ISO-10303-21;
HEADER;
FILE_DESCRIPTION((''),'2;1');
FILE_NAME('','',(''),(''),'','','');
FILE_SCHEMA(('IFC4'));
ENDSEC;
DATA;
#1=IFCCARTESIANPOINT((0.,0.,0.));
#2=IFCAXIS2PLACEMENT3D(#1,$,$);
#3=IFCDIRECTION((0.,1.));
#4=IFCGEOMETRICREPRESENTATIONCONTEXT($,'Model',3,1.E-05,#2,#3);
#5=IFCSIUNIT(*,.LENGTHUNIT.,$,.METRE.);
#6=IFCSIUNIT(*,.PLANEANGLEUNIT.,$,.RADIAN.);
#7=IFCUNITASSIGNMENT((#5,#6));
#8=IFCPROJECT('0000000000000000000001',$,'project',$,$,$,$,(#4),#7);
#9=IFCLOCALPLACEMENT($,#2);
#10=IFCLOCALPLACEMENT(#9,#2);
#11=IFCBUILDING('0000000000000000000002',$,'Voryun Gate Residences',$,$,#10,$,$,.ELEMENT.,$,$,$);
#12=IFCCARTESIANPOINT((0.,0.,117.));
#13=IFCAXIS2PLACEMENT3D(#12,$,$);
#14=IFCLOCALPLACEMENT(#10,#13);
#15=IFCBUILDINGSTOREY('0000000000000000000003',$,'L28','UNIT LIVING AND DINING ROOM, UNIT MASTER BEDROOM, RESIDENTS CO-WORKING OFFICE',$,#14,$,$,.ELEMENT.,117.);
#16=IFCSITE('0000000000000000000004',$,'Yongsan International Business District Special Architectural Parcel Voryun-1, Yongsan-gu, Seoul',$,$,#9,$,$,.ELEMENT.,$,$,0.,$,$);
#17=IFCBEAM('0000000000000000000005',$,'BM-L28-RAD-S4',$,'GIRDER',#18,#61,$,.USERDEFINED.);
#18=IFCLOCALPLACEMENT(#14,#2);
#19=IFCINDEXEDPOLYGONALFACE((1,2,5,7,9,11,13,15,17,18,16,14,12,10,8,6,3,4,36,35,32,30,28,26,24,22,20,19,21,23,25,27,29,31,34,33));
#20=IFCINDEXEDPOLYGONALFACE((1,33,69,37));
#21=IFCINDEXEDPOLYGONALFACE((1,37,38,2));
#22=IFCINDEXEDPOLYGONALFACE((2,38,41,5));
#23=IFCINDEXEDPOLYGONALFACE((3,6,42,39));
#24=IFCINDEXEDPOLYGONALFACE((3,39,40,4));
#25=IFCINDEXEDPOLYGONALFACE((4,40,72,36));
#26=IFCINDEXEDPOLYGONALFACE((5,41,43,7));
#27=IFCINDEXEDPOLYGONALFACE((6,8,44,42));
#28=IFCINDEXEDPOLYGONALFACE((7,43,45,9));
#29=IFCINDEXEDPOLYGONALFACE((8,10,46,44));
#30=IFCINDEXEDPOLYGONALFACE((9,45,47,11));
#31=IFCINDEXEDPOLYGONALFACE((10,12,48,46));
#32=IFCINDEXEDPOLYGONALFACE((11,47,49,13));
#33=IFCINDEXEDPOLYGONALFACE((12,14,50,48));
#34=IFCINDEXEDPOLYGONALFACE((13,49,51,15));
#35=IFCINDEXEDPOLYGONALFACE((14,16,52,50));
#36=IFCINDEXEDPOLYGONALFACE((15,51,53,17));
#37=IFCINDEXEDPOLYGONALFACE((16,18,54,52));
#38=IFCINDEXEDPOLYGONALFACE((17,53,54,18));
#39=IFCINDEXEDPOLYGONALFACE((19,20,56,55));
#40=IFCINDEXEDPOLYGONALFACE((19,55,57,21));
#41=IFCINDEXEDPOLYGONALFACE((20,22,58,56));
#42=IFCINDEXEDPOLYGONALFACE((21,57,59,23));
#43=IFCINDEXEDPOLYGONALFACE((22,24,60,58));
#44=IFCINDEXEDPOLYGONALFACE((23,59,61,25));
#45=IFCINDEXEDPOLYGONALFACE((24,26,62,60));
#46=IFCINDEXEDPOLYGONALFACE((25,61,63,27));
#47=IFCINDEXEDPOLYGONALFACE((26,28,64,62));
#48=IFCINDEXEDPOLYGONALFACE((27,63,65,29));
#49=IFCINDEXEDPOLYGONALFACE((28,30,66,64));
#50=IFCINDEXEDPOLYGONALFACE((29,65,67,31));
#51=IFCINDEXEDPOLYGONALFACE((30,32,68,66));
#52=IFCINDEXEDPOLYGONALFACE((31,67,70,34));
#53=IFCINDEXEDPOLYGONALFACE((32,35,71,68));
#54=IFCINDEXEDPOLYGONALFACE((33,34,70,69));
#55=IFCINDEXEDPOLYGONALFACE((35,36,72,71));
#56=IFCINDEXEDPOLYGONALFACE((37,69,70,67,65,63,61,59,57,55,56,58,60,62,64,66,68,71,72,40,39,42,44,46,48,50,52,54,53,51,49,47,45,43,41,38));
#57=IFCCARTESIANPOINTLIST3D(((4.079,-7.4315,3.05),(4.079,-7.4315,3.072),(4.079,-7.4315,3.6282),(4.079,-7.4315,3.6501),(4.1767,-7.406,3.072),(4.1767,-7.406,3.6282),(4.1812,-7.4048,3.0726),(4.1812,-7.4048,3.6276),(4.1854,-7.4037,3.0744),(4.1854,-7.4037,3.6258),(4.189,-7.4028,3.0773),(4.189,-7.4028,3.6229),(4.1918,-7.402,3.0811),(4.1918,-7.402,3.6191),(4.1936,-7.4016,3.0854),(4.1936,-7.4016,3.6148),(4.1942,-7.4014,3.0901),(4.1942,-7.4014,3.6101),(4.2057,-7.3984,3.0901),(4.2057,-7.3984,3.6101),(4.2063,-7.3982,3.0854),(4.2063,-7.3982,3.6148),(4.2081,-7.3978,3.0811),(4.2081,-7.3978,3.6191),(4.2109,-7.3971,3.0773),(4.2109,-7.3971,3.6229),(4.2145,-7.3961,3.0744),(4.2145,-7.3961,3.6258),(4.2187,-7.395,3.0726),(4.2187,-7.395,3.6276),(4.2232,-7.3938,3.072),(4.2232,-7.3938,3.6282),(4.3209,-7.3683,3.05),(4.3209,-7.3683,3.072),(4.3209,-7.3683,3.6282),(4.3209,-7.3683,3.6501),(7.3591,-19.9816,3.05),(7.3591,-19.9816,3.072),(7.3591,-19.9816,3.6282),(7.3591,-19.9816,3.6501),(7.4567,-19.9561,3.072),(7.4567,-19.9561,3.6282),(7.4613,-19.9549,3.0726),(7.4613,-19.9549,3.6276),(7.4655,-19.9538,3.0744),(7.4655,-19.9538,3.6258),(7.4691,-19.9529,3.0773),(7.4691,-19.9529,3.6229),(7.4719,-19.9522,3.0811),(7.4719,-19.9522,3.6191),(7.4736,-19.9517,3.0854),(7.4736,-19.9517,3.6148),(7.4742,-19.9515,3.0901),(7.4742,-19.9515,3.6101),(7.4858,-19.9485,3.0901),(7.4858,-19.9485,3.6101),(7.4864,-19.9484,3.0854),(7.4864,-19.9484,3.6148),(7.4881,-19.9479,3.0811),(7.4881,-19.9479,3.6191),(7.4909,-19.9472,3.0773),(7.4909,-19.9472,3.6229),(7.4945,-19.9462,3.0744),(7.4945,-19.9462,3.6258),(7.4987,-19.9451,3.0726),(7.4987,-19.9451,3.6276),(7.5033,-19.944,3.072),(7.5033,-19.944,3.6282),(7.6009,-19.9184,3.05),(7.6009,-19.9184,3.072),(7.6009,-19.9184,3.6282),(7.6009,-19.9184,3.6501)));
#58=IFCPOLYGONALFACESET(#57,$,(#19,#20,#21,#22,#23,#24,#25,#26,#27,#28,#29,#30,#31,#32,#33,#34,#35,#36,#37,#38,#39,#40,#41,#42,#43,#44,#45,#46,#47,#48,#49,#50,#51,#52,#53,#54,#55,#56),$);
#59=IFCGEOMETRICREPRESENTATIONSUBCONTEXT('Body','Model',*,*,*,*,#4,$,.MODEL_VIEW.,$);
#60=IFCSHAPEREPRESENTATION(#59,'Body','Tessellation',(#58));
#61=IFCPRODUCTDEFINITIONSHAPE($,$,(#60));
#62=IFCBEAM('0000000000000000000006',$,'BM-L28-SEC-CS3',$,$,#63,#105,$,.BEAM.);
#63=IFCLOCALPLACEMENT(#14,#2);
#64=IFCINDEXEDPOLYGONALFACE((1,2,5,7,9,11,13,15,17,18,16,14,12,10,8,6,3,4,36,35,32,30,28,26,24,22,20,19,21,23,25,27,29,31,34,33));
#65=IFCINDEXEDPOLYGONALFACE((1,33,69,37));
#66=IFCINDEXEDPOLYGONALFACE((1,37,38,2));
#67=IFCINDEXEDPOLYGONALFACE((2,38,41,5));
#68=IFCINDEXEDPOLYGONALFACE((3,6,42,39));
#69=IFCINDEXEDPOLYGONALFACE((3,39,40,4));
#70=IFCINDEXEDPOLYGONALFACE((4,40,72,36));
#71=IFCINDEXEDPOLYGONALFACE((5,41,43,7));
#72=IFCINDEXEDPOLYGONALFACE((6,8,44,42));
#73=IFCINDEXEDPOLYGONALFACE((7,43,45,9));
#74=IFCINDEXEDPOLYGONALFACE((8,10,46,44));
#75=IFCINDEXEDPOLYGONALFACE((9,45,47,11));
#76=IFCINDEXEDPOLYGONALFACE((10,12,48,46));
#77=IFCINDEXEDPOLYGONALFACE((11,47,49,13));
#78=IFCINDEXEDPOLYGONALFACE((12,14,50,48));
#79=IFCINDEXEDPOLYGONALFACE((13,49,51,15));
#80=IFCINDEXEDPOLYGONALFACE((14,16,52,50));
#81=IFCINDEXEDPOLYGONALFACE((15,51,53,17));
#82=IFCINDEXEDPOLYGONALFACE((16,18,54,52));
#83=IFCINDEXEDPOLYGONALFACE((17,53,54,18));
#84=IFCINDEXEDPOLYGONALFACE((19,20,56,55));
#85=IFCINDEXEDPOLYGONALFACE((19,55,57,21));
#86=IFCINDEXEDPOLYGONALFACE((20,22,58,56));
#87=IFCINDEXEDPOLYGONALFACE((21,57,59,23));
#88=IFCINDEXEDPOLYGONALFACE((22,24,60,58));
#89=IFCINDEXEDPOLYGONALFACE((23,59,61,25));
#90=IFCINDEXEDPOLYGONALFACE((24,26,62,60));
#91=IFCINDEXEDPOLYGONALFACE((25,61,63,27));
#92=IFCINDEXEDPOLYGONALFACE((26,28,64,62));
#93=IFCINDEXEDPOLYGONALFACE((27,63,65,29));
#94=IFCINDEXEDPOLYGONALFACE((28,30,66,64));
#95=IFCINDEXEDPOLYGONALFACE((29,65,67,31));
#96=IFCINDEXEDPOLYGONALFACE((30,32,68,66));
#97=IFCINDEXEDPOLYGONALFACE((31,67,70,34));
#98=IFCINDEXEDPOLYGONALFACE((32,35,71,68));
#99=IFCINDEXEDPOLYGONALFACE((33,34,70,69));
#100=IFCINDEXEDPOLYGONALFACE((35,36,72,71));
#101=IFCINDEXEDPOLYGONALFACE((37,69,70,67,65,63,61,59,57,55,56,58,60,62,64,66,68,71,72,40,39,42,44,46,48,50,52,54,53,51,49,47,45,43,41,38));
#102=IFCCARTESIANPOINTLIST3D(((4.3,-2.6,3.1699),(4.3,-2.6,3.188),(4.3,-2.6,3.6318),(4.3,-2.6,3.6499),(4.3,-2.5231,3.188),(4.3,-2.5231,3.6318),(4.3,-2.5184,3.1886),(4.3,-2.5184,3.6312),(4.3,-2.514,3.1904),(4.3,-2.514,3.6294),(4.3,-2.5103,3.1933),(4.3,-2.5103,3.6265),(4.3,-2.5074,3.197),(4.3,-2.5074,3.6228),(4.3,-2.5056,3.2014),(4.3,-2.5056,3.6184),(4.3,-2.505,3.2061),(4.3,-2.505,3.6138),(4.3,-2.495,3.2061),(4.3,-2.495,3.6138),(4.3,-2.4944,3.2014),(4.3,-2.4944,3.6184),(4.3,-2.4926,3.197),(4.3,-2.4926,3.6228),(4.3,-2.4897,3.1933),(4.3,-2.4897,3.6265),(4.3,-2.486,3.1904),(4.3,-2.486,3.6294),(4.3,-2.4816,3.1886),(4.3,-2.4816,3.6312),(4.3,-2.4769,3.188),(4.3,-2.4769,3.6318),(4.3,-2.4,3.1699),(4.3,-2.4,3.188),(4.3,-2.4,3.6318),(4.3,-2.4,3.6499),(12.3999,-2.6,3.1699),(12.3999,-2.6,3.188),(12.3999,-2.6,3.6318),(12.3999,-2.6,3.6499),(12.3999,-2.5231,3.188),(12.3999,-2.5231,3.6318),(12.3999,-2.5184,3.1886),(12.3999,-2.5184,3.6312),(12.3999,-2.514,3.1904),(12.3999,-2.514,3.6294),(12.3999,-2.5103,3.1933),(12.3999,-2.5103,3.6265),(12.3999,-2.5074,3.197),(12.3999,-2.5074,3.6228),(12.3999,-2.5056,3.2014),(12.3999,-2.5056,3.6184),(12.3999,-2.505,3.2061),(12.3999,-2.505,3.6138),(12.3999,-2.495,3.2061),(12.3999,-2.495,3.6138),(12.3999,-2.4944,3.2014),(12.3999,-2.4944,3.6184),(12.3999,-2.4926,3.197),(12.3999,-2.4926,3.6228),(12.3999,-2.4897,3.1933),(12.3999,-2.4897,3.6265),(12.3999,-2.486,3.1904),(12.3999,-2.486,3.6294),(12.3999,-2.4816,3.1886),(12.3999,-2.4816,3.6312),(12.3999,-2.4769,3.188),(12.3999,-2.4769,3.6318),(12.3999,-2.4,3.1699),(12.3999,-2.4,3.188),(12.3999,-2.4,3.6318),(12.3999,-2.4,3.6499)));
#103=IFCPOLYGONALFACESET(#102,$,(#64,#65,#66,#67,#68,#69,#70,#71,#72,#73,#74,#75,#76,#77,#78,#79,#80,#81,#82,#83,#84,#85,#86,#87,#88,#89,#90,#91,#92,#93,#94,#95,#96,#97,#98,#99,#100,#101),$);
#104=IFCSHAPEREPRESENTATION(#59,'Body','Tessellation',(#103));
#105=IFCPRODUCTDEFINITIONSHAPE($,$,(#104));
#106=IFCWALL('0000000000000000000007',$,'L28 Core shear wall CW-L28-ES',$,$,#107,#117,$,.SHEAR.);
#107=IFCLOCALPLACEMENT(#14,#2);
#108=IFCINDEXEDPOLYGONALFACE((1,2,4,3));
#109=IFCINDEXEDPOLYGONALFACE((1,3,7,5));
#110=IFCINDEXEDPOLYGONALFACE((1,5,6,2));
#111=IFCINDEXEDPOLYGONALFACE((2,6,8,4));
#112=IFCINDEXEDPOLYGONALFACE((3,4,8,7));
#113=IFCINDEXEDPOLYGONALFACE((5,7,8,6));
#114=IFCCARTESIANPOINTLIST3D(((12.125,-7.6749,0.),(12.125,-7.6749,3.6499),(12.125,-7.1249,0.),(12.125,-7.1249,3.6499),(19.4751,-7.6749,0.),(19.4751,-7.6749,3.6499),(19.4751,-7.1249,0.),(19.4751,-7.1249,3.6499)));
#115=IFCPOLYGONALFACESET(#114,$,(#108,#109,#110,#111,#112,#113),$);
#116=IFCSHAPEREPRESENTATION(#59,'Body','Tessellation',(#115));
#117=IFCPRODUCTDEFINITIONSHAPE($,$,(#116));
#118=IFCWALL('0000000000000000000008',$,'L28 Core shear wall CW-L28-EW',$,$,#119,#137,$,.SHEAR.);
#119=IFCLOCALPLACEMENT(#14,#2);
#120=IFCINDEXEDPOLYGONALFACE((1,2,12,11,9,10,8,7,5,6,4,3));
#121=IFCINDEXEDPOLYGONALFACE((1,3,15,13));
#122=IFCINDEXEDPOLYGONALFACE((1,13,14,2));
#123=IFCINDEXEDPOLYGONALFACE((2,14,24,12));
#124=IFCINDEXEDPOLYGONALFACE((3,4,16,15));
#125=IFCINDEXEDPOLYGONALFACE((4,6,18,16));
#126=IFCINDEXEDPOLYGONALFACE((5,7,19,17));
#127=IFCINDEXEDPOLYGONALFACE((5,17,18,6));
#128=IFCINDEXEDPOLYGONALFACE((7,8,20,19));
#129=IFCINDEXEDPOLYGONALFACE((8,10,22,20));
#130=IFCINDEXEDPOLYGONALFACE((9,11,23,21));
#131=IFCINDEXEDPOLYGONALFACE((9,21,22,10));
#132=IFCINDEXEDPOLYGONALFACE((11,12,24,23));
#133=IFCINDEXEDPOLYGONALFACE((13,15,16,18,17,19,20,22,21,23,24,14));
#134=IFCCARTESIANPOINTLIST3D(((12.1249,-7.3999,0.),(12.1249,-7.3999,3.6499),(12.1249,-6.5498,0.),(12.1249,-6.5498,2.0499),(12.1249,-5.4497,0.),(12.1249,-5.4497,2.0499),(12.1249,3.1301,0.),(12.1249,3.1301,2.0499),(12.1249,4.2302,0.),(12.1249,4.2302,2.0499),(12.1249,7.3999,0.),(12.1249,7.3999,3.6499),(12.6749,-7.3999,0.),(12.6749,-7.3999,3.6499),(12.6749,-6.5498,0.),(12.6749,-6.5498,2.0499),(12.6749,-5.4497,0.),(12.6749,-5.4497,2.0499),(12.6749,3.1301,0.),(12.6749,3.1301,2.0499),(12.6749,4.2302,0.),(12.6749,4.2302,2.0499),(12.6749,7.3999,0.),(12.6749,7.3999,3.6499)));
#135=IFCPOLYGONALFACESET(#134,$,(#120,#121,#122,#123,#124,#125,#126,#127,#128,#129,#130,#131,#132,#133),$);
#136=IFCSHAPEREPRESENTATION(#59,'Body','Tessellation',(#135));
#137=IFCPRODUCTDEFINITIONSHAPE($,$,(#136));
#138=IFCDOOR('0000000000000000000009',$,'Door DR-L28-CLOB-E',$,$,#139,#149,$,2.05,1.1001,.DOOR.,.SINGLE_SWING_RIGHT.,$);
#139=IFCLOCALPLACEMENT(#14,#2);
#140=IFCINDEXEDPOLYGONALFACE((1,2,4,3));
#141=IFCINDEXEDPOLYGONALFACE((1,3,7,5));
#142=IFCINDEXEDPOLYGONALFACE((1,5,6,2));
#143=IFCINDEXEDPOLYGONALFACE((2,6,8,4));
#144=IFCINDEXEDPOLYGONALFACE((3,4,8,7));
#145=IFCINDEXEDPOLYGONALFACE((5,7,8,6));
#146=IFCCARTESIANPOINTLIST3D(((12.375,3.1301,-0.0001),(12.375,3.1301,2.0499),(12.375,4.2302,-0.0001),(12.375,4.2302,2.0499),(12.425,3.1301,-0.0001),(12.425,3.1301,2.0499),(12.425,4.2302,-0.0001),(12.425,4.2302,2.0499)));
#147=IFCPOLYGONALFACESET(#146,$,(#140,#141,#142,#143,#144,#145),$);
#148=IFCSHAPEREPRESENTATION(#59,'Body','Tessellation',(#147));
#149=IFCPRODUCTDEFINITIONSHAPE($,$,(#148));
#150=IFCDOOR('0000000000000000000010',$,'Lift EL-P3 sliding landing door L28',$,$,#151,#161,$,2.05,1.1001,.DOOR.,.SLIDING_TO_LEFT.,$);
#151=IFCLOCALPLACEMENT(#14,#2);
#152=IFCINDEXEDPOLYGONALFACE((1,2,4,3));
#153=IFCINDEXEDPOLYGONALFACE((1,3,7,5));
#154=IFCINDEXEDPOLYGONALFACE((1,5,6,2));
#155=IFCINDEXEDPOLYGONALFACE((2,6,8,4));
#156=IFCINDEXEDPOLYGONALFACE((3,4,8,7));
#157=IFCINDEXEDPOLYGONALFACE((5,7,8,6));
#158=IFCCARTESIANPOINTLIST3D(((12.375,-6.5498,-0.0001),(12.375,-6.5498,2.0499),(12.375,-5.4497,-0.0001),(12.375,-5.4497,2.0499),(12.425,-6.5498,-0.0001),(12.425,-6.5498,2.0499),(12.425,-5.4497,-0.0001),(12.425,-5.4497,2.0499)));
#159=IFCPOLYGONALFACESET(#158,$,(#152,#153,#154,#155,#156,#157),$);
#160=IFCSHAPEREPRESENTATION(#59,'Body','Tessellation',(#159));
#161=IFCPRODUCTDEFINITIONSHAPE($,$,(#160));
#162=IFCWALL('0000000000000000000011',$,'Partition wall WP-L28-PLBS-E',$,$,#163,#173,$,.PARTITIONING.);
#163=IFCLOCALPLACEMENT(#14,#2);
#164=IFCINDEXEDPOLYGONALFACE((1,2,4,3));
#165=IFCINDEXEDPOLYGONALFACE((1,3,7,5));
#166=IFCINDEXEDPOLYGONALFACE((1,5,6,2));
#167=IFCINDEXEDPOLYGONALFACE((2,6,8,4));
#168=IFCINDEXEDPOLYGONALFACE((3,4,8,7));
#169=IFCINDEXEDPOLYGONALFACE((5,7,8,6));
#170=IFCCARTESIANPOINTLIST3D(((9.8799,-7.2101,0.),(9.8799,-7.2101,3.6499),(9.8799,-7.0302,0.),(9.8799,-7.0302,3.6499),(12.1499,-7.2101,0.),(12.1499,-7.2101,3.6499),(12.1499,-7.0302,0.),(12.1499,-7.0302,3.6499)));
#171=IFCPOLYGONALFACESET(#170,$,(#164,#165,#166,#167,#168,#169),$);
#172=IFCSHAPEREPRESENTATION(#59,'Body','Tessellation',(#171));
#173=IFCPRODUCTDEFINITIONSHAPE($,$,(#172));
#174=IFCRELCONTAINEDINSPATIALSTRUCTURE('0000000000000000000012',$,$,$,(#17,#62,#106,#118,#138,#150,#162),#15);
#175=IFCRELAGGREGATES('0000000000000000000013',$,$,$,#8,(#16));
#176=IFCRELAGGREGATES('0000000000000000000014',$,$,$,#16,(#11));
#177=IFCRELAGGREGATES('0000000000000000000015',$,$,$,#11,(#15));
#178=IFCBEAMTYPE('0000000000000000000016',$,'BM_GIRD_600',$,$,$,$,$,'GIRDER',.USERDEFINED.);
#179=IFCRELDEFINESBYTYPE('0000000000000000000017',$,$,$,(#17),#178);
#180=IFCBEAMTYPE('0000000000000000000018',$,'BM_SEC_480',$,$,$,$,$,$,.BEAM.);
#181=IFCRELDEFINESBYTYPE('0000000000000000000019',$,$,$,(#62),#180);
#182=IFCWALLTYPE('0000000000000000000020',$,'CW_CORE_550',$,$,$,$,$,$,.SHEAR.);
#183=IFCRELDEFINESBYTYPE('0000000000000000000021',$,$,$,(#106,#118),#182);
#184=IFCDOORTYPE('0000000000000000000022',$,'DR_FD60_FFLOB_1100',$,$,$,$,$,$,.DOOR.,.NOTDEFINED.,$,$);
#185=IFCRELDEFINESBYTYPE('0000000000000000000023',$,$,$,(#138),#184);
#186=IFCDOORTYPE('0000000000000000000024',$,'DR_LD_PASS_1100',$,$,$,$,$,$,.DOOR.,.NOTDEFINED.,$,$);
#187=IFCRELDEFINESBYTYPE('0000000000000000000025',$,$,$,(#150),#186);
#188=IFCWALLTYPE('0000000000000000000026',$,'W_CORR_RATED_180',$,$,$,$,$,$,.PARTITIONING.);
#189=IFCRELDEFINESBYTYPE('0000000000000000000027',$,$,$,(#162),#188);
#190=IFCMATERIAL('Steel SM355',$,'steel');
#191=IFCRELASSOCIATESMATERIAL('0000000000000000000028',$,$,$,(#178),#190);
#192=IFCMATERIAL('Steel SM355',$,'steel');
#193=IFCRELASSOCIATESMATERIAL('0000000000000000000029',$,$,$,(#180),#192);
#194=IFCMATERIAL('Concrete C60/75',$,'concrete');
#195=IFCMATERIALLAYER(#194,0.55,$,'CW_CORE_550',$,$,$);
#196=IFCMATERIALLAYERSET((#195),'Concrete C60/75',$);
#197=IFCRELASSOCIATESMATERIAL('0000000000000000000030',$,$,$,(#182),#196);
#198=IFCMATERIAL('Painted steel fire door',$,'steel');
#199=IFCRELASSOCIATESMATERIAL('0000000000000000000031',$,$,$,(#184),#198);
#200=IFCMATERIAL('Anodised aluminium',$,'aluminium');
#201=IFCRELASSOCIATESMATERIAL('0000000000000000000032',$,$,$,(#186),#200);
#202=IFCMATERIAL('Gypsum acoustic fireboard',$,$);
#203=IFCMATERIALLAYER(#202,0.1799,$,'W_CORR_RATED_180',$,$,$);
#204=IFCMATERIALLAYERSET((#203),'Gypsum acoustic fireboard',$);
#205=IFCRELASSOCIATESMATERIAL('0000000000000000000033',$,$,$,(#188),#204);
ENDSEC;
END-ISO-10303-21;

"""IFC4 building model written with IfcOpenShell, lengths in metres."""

from ifc_helpers import new_model, si_unit, direction, frame, frame_2d, origin, origin_2d, place, context, subcontext, project, spatial, rectangle, i_section, extrude, material, layer, layer_set, material_profile, profile_set, type_object, element, fill, save


model = new_model("IFC4")

# Units and contexts
model_context = context("Model", 3, precision=1e-05, world=origin(), true_north=direction((0.0, 1.0)))
body_context = subcontext(model_context, "Body", "Model", "MODEL_VIEW")
ifc_project = project(units=[si_unit("LENGTHUNIT", "METRE"), si_unit("PLANEANGLEUNIT", "RADIAN")], contexts=[model_context])

# Site, building, storey
site_placement = place(None, origin())
site = spatial("IfcSite", under=ifc_project, at=site_placement, Name="Yongsan International Business District Special Architectural Parcel Voryun-1, Yongsan-gu, Seoul", CompositionType="ELEMENT", RefElevation=0.0)
building_placement = place(site_placement, origin())
building = spatial("IfcBuilding", under=site, at=building_placement, Name="Voryun Gate Residences", CompositionType="ELEMENT")
storey_placement = place(building_placement, frame((0.0, 0.0, 117.0)))
storey = spatial("IfcBuildingStorey", under=building, at=storey_placement, Name="L28", Description="UNIT LIVING AND DINING ROOM, UNIT MASTER BEDROOM, RESIDENTS CO-WORKING OFFICE", CompositionType="ELEMENT", Elevation=117.0)

# Beams
ifc_material_1 = material(Name="Steel SM355", Category="steel")
ifc_material_profile_1 = material_profile(ifc_material_1, i_section(OverallWidth=0.25, OverallDepth=0.6001, WebThickness=0.012, FlangeThickness=0.022, FilletRadius=0.0181, at=origin_2d()), Name="H-600x250x12x22")
ifc_profile_set_1 = profile_set([ifc_material_profile_1], Name="Steel SM355")
beam_type_1 = type_object("IfcBeamType", Name="BM_GIRD_600", ElementType="GIRDER", PredefinedType="USERDEFINED", material=ifc_profile_set_1)
beam_1_placement = place(storey_placement, frame((4.2, -7.3999, 3.3501), z_axis=(0.252862, -0.967502, 0.0), x_axis=(0.967502, 0.252862, 0.0)))
element("IfcBeam", 1, at=beam_1_placement, inside=storey, type_object=beam_type_1, Name="BM-L28-RAD-S4", ObjectType="GIRDER", PredefinedType="USERDEFINED", context=body_context, shape_type="SweptSolid", body=[
    extrude(i_section(OverallWidth=0.25, OverallDepth=0.6001, WebThickness=0.012, FlangeThickness=0.022, FilletRadius=0.0181, at=origin_2d()), origin(), (0.0, 0.0, 1.0), 12.9717),
])
ifc_material_2 = material(Name="Steel SM355", Category="steel")
ifc_material_profile_2 = material_profile(ifc_material_2, i_section(OverallWidth=0.2, OverallDepth=0.48, WebThickness=0.01, FlangeThickness=0.0181, FilletRadius=0.0181, at=origin_2d()), Name="H-480x200x10x18")
ifc_profile_set_2 = profile_set([ifc_material_profile_2], Name="Steel SM355")
beam_type_2 = type_object("IfcBeamType", Name="BM_SEC_480", PredefinedType="BEAM", material=ifc_profile_set_2)
beam_2_placement = place(storey_placement, frame((4.3, -2.5, 3.4099), z_axis=(1.0, 0.0, 0.0), x_axis=(0.0, 1.0, 0.0)))
element("IfcBeam", 2, at=beam_2_placement, inside=storey, type_object=beam_type_2, Name="BM-L28-SEC-CS3", PredefinedType="BEAM", context=body_context, shape_type="SweptSolid", body=[
    extrude(i_section(OverallWidth=0.2, OverallDepth=0.48, WebThickness=0.01, FlangeThickness=0.0181, FilletRadius=0.0181, at=origin_2d()), origin(), (0.0, 0.0, 1.0), 8.0999),
])

# Wall
ifc_material_3 = material(Name="Concrete C60/75", Category="concrete")
ifc_layer_1 = layer(ifc_material_3, 0.55, Name="CW_CORE_550")
ifc_layer_set_1 = layer_set([ifc_layer_1], Name="Concrete C60/75")
wall_type_1 = type_object("IfcWallType", Name="CW_CORE_550", PredefinedType="SHEAR", material=ifc_layer_set_1)
wall_1_placement = place(storey_placement, frame((12.125, -7.3999, 0.0), z_axis=(0.0, 0.0, 1.0), x_axis=(1.0, 0.0, 0.0)))
element("IfcWall", 3, at=wall_1_placement, inside=storey, type_object=wall_type_1, Name="L28 Core shear wall CW-L28-ES", PredefinedType="SHEAR", context=body_context, shape_type="SweptSolid", body=[
    extrude(rectangle(XDim=7.3501, YDim=0.55, at=frame_2d((3.675, 0.0))), origin(), (0.0, 0.0, 1.0), 3.6499),
])

# Wall, openings, doors
wall_2_placement = place(storey_placement, frame((12.3999, -7.3999, 0.0), z_axis=(0.0, 0.0, 1.0), x_axis=(0.0, 1.0, 0.0)))
wall_2 = element("IfcWall", 4, at=wall_2_placement, inside=storey, type_object=wall_type_1, Name="L28 Core shear wall CW-L28-EW", PredefinedType="SHEAR", context=body_context, shape_type="SweptSolid", body=[
    extrude(rectangle(XDim=14.7998, YDim=0.55, at=frame_2d((7.3999, 0.0))), origin(), (0.0, 0.0, 1.0), 3.6499),
])
opening_1_placement = place(wall_2_placement, frame((0.8501, 0.0, 0.0)))
opening_1 = element("IfcOpeningElement", 5, at=opening_1_placement, cuts=wall_2, PredefinedType="OPENING", context=body_context, shape_type="SweptSolid", body=[
    extrude(rectangle(XDim=1.1001, YDim=2.05, at=frame_2d((0.55, 1.0249))), frame((0.0, 0.2849, 0.0), z_axis=(0.0, -1.0, 0.0), x_axis=(1.0, 0.0, 0.0)), (0.0, 0.0, 1.0), 0.5701),
])
opening_2_placement = place(wall_2_placement, frame((10.53, 0.0, 0.0)))
opening_2 = element("IfcOpeningElement", 6, at=opening_2_placement, cuts=wall_2, PredefinedType="OPENING", context=body_context, shape_type="SweptSolid", body=[
    extrude(rectangle(XDim=1.1001, YDim=2.05, at=frame_2d((0.55, 1.0249))), frame((0.0, 0.2849, 0.0), z_axis=(0.0, -1.0, 0.0), x_axis=(1.0, 0.0, 0.0)), (0.0, 0.0, 1.0), 0.5701),
])
ifc_material_4 = material(Name="Painted steel fire door", Category="steel")
door_type_1 = type_object("IfcDoorType", Name="DR_FD60_FFLOB_1100", OperationType="NOTDEFINED", PredefinedType="DOOR", material=ifc_material_4)
door_1_placement = place(opening_2_placement, origin())
door_1 = element("IfcDoor", 7, at=door_1_placement, inside=storey, type_object=door_type_1, Name="Door DR-L28-CLOB-E", OperationType="SINGLE_SWING_RIGHT", OverallHeight=2.05, OverallWidth=1.1001, PredefinedType="DOOR", context=body_context, shape_type="SweptSolid", body=[
    extrude(rectangle(XDim=1.1001, YDim=2.05, at=frame_2d((0.55, 1.0249))), frame((0.0, 0.0249, 0.0), z_axis=(0.0, -1.0, 0.0), x_axis=(1.0, 0.0, 0.0)), (0.0, 0.0, 1.0), 0.05),
])
fill(opening_2, door_1)
ifc_material_5 = material(Name="Anodised aluminium", Category="aluminium")
door_type_2 = type_object("IfcDoorType", Name="DR_LD_PASS_1100", OperationType="NOTDEFINED", PredefinedType="DOOR", material=ifc_material_5)
door_2_placement = place(opening_1_placement, origin())
door_2 = element("IfcDoor", 8, at=door_2_placement, inside=storey, type_object=door_type_2, Name="Lift EL-P3 sliding landing door L28", OperationType="SLIDING_TO_LEFT", OverallHeight=2.05, OverallWidth=1.1001, PredefinedType="DOOR", context=body_context, shape_type="SweptSolid", body=[
    extrude(rectangle(XDim=1.1001, YDim=2.05, at=frame_2d((0.55, 1.0249))), frame((0.0, 0.0249, 0.0), z_axis=(0.0, -1.0, 0.0), x_axis=(1.0, 0.0, 0.0)), (0.0, 0.0, 1.0), 0.05),
])
fill(opening_1, door_2)

# Wall
ifc_material_6 = material(Name="Gypsum acoustic fireboard")
ifc_layer_2 = layer(ifc_material_6, 0.1799, Name="W_CORR_RATED_180")
ifc_layer_set_2 = layer_set([ifc_layer_2], Name="Gypsum acoustic fireboard")
wall_type_2 = type_object("IfcWallType", Name="W_CORR_RATED_180", PredefinedType="PARTITIONING", material=ifc_layer_set_2)
wall_3_placement = place(storey_placement, frame((9.8799, -7.1201, 0.0), z_axis=(0.0, 0.0, 1.0), x_axis=(1.0, 0.0, 0.0)))
element("IfcWall", 9, at=wall_3_placement, inside=storey, type_object=wall_type_2, Name="Partition wall WP-L28-PLBS-E", PredefinedType="PARTITIONING", context=body_context, shape_type="SweptSolid", body=[
    extrude(rectangle(XDim=2.27, YDim=0.1799, at=frame_2d((1.135, 0.0))), origin(), (0.0, 0.0, 1.0), 3.6499),
])

save(model, "model.ifc")
